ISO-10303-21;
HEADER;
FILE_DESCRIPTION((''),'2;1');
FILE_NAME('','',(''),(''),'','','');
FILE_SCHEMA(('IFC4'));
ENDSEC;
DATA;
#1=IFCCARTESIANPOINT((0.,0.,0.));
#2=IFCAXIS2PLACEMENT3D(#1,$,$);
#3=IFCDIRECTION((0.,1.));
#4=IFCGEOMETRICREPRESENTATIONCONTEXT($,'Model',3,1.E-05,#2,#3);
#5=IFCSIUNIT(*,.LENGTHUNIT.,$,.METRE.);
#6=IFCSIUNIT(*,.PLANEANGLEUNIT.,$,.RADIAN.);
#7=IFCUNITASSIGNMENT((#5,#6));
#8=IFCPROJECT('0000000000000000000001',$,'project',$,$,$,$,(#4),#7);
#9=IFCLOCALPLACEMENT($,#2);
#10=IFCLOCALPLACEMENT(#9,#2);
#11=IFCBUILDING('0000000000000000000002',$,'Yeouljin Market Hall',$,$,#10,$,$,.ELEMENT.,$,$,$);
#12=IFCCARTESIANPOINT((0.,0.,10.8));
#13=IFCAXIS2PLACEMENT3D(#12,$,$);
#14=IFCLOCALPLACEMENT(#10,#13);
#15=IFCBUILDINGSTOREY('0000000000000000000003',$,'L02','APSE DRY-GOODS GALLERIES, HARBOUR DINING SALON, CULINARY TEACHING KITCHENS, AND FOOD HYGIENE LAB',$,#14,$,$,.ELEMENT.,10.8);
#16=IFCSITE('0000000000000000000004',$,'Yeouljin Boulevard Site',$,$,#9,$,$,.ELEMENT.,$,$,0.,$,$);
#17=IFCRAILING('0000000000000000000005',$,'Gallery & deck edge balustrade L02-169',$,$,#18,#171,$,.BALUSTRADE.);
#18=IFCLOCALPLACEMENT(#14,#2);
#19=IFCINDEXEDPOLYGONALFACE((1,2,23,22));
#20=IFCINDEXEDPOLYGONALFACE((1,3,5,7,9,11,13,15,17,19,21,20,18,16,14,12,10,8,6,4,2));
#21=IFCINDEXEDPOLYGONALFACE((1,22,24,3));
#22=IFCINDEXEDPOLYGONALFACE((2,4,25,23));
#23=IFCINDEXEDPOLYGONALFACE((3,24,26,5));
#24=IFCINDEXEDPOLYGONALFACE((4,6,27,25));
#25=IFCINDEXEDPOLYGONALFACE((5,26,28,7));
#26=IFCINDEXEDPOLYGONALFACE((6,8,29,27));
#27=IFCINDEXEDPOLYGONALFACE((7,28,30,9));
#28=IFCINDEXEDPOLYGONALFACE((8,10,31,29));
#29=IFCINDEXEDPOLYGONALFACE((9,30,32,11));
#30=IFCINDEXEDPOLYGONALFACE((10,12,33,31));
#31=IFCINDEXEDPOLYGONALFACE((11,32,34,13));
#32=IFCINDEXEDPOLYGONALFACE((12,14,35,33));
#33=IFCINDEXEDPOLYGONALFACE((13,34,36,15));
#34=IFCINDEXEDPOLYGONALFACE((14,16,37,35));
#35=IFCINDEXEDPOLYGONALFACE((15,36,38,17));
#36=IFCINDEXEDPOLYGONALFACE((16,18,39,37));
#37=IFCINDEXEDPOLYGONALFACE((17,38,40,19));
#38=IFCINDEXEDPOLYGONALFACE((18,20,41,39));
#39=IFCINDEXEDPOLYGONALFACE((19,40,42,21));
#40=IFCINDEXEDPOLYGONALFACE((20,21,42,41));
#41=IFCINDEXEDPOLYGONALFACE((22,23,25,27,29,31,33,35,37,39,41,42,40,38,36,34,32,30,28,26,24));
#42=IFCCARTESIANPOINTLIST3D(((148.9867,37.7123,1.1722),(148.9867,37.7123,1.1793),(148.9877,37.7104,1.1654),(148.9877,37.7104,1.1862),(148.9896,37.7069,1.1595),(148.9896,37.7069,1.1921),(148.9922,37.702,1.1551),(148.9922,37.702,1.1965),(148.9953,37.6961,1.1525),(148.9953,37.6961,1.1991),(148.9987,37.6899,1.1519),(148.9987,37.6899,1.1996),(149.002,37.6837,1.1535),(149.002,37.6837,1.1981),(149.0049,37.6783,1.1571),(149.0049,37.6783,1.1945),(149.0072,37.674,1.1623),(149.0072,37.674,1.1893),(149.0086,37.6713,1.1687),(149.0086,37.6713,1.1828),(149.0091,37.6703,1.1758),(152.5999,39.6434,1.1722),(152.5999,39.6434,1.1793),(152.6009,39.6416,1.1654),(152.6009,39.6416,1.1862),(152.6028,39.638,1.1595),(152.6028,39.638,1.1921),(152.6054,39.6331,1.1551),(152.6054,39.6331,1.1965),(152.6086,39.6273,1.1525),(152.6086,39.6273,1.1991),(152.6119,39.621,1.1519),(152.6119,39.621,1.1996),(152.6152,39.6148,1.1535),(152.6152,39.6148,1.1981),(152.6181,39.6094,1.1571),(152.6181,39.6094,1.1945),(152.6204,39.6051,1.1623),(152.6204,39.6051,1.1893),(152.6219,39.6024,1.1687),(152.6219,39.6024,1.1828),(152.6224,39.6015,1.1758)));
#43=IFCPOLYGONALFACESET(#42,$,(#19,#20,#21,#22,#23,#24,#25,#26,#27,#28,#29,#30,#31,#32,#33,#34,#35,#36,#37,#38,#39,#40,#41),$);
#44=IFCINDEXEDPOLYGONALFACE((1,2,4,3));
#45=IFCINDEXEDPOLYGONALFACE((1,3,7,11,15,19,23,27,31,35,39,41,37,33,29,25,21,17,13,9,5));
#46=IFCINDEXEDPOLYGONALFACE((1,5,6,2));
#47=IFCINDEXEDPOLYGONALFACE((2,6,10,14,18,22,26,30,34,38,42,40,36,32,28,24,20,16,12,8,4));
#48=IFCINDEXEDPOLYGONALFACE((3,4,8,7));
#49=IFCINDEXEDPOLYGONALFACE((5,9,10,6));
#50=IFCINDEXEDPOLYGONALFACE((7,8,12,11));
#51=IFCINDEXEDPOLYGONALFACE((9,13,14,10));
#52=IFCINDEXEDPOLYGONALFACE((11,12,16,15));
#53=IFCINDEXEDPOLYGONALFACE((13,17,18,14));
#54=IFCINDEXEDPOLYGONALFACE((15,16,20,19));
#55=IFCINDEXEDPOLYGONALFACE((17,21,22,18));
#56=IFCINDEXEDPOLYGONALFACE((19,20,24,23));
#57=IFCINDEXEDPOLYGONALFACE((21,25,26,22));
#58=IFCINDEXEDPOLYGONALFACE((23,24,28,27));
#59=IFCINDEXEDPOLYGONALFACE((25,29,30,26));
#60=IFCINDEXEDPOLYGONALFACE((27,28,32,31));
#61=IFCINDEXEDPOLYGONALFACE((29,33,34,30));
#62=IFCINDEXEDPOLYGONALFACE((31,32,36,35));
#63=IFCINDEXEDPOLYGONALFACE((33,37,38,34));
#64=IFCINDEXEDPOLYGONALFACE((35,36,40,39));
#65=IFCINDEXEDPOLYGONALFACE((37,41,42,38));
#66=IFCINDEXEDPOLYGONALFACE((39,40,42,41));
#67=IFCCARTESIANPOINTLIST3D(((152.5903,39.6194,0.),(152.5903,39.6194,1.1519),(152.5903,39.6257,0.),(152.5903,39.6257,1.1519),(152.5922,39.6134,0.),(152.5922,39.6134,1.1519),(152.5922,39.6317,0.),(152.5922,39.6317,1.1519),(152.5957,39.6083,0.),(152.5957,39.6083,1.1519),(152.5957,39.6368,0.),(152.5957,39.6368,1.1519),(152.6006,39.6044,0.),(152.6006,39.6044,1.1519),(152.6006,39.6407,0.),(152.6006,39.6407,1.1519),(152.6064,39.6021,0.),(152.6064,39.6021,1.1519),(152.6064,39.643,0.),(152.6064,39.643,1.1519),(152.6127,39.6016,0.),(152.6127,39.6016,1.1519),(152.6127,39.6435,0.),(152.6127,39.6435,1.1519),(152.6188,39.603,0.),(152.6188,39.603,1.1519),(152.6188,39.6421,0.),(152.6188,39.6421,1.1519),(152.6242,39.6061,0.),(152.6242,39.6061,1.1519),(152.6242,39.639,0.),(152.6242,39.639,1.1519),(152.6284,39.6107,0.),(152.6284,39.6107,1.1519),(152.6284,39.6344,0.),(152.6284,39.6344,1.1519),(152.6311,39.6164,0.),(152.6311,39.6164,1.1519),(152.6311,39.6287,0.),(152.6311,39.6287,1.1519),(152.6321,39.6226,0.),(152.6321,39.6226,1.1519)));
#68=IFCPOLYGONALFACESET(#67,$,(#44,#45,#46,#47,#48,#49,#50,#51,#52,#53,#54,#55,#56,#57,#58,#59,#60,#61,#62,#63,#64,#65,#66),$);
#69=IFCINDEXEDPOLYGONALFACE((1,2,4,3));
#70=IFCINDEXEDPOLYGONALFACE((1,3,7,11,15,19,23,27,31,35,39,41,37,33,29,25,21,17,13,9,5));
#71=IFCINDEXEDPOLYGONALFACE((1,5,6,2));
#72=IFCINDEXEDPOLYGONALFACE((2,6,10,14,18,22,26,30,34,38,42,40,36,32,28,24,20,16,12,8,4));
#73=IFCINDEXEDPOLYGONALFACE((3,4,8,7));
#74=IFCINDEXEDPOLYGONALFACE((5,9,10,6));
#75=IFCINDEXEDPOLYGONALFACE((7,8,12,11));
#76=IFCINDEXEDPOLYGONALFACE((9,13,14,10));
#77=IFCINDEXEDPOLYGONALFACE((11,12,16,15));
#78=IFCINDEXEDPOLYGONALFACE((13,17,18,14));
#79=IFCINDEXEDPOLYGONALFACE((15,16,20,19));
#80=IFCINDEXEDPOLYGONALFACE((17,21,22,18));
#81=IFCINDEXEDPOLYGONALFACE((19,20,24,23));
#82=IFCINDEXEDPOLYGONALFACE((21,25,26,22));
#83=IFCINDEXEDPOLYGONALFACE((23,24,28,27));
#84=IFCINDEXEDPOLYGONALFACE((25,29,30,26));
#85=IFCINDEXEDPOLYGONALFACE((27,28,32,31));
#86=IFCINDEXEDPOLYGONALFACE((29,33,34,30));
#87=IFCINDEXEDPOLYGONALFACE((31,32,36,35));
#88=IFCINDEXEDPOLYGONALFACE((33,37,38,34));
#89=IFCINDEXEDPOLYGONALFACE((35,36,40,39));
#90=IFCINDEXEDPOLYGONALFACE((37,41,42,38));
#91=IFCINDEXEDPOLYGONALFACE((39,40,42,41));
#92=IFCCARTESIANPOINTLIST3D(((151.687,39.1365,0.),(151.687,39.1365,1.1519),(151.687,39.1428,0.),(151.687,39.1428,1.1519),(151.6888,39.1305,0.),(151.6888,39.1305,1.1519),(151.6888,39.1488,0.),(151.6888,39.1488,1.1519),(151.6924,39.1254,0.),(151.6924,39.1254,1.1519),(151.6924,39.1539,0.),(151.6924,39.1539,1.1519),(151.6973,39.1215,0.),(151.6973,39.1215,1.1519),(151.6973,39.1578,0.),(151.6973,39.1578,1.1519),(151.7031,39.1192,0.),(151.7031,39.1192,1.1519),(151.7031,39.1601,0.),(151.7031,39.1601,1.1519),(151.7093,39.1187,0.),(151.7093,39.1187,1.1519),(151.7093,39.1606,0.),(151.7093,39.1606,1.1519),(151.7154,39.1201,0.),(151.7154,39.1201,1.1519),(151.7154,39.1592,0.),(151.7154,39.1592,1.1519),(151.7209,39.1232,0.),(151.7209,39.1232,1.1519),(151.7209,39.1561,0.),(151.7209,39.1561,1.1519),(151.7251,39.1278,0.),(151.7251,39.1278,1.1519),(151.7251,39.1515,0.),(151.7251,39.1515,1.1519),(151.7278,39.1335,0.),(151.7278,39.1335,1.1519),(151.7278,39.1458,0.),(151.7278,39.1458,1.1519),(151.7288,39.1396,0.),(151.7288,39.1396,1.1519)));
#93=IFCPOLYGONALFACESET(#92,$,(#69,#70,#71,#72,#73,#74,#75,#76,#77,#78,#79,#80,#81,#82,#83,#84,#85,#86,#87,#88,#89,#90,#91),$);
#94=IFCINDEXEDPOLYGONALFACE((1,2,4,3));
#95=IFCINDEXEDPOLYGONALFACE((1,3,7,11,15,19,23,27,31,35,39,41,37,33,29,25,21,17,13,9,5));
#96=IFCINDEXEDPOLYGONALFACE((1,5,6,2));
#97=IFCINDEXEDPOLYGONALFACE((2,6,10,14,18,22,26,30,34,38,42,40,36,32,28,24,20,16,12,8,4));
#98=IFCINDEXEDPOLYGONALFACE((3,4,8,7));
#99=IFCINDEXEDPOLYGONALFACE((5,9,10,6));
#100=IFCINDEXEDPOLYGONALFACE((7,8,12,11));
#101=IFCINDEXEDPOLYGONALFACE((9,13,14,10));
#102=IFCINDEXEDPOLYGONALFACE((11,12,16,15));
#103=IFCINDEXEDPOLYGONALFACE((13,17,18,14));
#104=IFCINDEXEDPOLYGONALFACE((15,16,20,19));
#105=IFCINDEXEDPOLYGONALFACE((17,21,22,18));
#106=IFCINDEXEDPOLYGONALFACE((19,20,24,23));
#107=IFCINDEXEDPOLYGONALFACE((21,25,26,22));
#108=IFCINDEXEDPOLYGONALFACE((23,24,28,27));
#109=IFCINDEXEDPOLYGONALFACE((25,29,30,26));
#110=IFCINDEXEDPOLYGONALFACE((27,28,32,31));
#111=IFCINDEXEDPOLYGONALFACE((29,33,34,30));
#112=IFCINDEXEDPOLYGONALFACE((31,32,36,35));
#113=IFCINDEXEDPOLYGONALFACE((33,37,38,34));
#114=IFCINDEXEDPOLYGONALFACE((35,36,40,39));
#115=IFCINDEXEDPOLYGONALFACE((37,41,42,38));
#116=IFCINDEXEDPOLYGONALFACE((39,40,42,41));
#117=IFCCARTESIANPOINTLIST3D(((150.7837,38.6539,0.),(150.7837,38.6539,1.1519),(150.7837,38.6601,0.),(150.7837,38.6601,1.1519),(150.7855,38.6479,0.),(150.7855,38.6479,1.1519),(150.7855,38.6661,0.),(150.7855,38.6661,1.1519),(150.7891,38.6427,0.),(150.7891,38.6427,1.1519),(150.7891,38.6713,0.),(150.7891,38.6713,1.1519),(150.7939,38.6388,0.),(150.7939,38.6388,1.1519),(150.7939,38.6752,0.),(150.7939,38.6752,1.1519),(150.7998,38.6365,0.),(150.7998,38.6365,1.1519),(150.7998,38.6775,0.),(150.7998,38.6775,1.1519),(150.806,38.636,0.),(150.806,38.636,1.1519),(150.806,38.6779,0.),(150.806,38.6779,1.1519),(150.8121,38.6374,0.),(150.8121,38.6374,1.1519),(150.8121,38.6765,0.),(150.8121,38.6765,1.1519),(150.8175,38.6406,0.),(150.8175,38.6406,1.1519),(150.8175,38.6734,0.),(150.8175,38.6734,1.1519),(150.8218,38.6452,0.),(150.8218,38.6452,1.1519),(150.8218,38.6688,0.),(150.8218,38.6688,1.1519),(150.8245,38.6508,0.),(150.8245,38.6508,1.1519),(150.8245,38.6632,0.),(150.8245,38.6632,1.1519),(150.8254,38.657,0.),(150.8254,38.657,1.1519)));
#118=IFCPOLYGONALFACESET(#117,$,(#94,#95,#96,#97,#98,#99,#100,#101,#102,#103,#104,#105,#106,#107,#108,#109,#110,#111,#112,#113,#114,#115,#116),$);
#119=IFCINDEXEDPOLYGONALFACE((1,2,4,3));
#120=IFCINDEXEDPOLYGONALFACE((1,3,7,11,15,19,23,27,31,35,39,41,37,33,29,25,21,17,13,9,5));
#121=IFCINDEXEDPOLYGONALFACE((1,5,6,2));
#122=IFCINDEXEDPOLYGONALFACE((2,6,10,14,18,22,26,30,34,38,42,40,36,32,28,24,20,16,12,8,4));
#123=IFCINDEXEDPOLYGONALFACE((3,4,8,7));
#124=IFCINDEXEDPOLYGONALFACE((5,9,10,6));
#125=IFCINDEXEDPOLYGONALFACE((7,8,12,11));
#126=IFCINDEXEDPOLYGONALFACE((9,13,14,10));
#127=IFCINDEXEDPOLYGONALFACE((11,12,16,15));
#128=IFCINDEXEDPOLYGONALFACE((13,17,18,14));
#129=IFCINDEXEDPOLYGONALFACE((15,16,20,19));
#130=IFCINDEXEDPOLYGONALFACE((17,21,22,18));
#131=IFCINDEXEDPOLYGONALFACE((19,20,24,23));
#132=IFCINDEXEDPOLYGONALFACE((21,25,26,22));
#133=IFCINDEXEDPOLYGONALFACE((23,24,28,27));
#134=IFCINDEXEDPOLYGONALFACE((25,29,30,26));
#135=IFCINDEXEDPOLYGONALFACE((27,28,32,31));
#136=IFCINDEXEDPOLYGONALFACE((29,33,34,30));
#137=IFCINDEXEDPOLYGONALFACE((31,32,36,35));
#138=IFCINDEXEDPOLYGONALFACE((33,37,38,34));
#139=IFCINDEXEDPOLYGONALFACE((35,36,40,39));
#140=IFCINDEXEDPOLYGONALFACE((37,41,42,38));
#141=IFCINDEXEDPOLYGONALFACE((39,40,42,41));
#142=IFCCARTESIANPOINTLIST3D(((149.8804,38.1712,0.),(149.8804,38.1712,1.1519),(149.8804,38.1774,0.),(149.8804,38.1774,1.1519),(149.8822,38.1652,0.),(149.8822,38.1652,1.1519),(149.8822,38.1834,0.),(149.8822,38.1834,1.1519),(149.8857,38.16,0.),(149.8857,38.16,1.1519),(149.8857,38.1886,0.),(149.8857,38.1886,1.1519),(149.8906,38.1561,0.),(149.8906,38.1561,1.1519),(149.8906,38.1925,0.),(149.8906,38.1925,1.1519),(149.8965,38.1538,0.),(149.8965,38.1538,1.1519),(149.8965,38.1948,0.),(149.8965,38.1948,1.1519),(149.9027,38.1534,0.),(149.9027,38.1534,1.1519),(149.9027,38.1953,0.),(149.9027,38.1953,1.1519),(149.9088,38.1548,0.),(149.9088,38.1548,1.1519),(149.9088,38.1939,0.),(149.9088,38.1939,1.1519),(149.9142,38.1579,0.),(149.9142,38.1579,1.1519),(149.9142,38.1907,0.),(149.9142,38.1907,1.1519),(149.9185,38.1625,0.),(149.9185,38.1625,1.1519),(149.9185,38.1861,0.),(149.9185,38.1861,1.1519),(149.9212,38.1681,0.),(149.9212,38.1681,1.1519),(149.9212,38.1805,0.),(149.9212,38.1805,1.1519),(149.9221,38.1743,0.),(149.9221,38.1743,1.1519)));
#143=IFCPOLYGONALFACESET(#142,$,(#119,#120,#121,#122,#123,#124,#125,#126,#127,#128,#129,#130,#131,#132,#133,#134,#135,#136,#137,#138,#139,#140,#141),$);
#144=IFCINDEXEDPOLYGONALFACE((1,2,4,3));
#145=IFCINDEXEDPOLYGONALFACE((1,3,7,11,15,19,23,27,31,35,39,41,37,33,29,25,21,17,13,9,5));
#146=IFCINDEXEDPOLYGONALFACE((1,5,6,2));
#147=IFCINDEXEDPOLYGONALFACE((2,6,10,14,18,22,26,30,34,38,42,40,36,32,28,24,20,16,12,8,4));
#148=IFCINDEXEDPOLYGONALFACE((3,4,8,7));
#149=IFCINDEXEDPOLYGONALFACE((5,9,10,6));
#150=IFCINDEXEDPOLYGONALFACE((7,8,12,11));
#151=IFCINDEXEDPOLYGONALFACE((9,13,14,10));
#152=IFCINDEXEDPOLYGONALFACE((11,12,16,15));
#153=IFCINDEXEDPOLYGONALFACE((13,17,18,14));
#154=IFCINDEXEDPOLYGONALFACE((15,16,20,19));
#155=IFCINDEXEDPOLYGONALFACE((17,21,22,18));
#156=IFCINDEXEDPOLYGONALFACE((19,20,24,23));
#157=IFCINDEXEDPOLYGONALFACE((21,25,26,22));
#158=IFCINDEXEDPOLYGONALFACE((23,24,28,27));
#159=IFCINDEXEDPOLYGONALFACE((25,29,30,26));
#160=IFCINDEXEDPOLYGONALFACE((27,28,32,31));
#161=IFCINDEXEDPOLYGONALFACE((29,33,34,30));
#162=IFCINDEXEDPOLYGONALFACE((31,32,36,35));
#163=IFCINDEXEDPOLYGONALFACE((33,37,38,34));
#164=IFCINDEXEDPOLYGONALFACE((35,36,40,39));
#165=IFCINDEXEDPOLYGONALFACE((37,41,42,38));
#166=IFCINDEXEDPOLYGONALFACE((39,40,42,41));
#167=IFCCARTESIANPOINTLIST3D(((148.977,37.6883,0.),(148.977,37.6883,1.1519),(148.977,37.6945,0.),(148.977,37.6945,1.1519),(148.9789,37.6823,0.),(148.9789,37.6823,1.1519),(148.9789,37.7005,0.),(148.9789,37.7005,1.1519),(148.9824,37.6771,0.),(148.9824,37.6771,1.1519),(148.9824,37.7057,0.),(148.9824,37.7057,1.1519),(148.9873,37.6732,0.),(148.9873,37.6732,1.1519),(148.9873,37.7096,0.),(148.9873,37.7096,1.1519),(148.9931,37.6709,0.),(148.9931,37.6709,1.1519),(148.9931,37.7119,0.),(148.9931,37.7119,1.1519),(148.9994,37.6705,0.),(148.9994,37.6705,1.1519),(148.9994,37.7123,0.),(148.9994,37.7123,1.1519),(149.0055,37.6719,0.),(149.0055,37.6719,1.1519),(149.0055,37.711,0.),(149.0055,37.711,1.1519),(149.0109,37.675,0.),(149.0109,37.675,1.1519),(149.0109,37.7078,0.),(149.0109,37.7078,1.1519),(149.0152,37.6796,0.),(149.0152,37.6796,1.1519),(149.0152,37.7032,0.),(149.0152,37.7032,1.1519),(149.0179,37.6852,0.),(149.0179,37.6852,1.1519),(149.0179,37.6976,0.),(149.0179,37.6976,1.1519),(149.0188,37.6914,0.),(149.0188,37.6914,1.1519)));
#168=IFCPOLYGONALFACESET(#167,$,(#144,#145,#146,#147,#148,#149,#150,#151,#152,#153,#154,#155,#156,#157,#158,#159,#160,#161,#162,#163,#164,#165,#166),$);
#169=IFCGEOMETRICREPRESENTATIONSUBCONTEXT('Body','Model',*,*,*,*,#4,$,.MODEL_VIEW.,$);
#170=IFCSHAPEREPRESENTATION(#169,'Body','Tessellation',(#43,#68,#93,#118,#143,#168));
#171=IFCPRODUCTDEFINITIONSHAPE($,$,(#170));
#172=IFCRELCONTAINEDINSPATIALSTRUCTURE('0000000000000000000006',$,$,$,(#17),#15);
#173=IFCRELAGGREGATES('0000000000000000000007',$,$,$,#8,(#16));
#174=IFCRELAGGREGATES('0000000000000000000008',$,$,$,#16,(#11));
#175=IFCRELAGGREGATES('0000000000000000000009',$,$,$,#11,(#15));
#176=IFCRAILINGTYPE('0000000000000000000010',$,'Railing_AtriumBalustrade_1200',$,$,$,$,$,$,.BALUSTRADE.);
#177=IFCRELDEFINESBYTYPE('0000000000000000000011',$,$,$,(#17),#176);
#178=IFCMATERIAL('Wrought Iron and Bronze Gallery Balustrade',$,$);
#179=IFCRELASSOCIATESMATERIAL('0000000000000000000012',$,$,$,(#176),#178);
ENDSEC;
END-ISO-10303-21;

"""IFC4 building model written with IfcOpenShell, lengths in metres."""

from ifc_helpers import new_model, si_unit, direction, frame, origin, origin_2d, place, context, subcontext, project, spatial, circle, extrude, material, type_object, element, save


model = new_model("IFC4")

# Units and contexts
model_context = context("Model", 3, precision=1e-05, world=origin(), true_north=direction((0.0, 1.0)))
body_context = subcontext(model_context, "Body", "Model", "MODEL_VIEW")
ifc_project = project(units=[si_unit("LENGTHUNIT", "METRE"), si_unit("PLANEANGLEUNIT", "RADIAN")], contexts=[model_context])

# Site, building, storey
site_placement = place(None, origin())
site = spatial("IfcSite", under=ifc_project, at=site_placement, Name="Yeouljin Boulevard Site", CompositionType="ELEMENT", RefElevation=0.0)
building_placement = place(site_placement, origin())
building = spatial("IfcBuilding", under=site, at=building_placement, Name="Yeouljin Market Hall", CompositionType="ELEMENT")
storey_placement = place(building_placement, frame((0.0, 0.0, 10.8)))
storey = spatial("IfcBuildingStorey", under=building, at=storey_placement, Name="L02", Description="APSE DRY-GOODS GALLERIES, HARBOUR DINING SALON, CULINARY TEACHING KITCHENS, AND FOOD HYGIENE LAB", CompositionType="ELEMENT", Elevation=10.8)

# Railing
ifc_material_1 = material(Name="Wrought Iron and Bronze Gallery Balustrade")
railing_type = type_object("IfcRailingType", Name="Railing_AtriumBalustrade_1200", PredefinedType="BALUSTRADE", material=ifc_material_1)
railing_1_placement = place(storey_placement, frame((152.6111, 39.6226, 0.0)))
element("IfcRailing", 1, at=railing_1_placement, inside=storey, type_object=railing_type, Name="Gallery & deck edge balustrade L02-169", PredefinedType="BALUSTRADE", context=body_context, shape_type="SweptSolid", body=[
    extrude(circle(Radius=0.0239, at=origin_2d()), frame((0.0, 0.0, 1.1758), z_axis=(-0.88194, -0.471361, 0.0), x_axis=(0.471361, -0.88194, 0.0)), (0.0, 0.0, 1.0), 4.0969),
    extrude(circle(Radius=0.021, at=origin_2d()), origin(), (0.0, 0.0, 1.0), 1.1519),
    extrude(circle(Radius=0.021, at=origin_2d()), frame((-0.9033, -0.4829, 0.0)), (0.0, 0.0, 1.0), 1.1519),
    extrude(circle(Radius=0.021, at=origin_2d()), frame((-1.8066, -0.9656, 0.0)), (0.0, 0.0, 1.0), 1.1519),
    extrude(circle(Radius=0.021, at=origin_2d()), frame((-2.71, -1.4482, 0.0)), (0.0, 0.0, 1.0), 1.1519),
    extrude(circle(Radius=0.021, at=origin_2d()), frame((-3.6133, -1.9312, 0.0)), (0.0, 0.0, 1.0), 1.1519),
])

save(model, "model.ifc")
